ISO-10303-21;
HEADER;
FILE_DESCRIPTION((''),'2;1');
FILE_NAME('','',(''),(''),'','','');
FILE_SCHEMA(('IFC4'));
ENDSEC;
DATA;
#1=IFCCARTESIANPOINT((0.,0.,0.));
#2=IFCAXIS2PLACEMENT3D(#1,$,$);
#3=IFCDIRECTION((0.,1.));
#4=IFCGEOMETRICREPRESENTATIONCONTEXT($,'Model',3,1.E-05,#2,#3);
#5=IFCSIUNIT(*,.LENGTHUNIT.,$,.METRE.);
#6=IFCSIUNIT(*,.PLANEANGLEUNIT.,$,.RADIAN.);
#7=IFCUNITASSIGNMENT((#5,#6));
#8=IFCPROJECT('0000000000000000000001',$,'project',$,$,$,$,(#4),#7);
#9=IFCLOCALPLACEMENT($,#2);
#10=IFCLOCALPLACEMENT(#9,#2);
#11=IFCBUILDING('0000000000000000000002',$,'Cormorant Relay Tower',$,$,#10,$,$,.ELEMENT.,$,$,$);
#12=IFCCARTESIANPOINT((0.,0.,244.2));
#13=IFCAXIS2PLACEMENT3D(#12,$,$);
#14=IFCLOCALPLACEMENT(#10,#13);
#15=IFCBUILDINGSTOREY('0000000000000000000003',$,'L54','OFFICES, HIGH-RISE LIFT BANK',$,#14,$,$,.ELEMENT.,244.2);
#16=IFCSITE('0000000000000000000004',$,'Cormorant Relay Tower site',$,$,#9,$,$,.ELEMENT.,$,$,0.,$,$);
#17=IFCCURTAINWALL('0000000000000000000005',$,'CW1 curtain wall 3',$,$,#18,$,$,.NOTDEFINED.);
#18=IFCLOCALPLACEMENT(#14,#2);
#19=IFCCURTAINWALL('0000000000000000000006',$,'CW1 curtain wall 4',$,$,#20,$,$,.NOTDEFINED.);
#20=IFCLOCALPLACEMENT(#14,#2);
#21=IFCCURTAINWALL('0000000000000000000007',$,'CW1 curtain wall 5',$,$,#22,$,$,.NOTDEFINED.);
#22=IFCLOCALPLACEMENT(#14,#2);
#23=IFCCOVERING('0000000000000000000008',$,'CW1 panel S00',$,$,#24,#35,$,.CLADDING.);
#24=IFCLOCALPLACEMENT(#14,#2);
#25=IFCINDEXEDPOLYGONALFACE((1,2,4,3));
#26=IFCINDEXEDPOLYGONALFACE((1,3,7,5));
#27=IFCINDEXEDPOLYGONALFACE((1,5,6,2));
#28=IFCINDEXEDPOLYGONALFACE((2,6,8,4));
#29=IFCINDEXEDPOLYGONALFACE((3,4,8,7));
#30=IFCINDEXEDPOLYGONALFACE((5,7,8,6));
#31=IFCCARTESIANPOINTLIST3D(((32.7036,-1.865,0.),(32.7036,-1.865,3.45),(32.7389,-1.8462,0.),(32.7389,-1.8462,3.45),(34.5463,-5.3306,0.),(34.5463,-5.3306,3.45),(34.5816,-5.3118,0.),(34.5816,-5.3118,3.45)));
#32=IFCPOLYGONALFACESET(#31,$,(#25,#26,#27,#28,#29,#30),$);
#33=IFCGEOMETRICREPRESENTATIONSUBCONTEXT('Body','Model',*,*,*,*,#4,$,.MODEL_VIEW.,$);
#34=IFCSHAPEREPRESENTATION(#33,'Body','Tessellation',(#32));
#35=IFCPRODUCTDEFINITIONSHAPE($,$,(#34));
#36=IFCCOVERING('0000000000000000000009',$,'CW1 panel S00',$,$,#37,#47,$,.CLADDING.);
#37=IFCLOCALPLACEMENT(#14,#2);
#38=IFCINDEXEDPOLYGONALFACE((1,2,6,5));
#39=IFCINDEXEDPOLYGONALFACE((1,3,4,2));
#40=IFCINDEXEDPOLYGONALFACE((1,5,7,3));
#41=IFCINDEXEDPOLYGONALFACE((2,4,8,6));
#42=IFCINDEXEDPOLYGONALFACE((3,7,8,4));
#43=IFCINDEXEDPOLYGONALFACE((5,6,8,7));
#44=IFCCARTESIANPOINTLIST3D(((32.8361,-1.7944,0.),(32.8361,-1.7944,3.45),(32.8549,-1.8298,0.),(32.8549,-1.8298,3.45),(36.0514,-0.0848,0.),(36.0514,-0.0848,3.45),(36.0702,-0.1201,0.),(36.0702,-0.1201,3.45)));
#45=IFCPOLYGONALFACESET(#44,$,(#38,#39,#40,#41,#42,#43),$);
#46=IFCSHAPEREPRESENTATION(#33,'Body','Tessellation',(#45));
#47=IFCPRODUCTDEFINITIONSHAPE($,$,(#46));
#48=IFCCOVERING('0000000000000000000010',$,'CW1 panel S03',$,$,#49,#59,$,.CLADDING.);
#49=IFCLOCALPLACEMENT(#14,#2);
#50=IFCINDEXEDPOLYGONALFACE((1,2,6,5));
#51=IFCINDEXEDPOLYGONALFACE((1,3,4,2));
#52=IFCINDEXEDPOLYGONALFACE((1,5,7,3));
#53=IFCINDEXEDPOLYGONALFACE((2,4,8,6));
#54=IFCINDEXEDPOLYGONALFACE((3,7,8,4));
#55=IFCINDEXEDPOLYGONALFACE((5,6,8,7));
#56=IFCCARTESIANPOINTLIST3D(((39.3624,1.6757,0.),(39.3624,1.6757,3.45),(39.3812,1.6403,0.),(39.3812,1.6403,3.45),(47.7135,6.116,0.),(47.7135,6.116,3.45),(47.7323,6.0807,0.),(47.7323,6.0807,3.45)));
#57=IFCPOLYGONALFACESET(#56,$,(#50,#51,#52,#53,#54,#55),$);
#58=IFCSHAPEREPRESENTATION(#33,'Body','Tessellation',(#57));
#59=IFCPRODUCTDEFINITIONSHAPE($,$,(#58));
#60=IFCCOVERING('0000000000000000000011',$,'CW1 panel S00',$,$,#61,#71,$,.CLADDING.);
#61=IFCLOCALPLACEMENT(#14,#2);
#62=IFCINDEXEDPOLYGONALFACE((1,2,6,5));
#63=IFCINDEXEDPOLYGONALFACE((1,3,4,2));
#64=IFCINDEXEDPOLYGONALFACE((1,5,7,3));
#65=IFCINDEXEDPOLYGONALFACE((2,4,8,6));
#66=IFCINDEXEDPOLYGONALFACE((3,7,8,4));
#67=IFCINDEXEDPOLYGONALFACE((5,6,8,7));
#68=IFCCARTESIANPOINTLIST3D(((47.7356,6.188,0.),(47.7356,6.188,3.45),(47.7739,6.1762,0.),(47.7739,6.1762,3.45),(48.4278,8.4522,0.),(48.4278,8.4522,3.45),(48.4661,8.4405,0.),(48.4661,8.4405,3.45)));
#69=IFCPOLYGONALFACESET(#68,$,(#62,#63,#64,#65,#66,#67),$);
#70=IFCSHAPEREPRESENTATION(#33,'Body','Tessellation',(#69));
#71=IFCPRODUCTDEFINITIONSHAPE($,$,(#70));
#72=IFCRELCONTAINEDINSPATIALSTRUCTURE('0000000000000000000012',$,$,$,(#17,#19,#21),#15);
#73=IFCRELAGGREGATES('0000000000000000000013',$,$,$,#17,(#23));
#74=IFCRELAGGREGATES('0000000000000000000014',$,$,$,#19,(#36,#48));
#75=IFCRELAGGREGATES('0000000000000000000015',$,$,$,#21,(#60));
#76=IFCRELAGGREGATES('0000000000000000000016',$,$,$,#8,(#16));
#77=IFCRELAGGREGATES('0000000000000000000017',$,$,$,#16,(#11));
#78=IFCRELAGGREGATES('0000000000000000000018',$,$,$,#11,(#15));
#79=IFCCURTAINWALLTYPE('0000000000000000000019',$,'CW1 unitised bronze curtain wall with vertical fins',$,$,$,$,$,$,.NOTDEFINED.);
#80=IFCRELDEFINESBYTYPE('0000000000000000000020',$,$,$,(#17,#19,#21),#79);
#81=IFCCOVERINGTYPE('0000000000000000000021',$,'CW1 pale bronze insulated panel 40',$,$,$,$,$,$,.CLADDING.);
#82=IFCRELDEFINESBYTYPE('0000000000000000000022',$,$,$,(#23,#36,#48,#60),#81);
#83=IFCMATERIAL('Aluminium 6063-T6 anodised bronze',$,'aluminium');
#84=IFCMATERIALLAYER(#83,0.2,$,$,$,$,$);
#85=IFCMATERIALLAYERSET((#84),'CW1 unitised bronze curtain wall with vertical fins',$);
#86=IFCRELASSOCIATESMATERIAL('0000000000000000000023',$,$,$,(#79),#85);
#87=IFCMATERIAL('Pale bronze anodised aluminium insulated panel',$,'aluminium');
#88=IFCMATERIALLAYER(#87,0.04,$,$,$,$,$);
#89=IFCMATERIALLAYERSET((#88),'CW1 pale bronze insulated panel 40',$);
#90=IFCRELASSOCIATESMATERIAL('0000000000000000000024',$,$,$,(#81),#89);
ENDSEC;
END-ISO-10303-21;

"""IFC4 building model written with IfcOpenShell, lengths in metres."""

from ifc_helpers import new_model, si_unit, direction, frame, origin, origin_2d, place, context, subcontext, project, spatial, rectangle, extrude, material, layer, layer_set, type_object, element, aggregate, save


model = new_model("IFC4")

# Units and contexts
model_context = context("Model", 3, precision=1e-05, world=origin(), true_north=direction((0.0, 1.0)))
body_context = subcontext(model_context, "Body", "Model", "MODEL_VIEW")
ifc_project = project(units=[si_unit("LENGTHUNIT", "METRE"), si_unit("PLANEANGLEUNIT", "RADIAN")], contexts=[model_context])

# Site, building, storey
site_placement = place(None, origin())
site = spatial("IfcSite", under=ifc_project, at=site_placement, Name="Cormorant Relay Tower site", CompositionType="ELEMENT", RefElevation=0.0)
building_placement = place(site_placement, origin())
building = spatial("IfcBuilding", under=site, at=building_placement, Name="Cormorant Relay Tower", CompositionType="ELEMENT")
storey_placement = place(building_placement, frame((0.0, 0.0, 244.2)))
storey = spatial("IfcBuildingStorey", under=building, at=storey_placement, Name="L54", Description="OFFICES, HIGH-RISE LIFT BANK", CompositionType="ELEMENT", Elevation=244.2)

# Curtain wall
ifc_material_1 = material(Name="Aluminium 6063-T6 anodised bronze", Category="aluminium")
ifc_layer_1 = layer(ifc_material_1, 0.2)
ifc_layer_set_1 = layer_set([ifc_layer_1], Name="CW1 unitised bronze curtain wall with vertical fins")
curtain_wall_type = type_object("IfcCurtainWallType", Name="CW1 unitised bronze curtain wall with vertical fins", PredefinedType="NOTDEFINED", material=ifc_layer_set_1)
curtain_wall_1_placement = place(storey_placement, origin())
curtain_wall_1 = element("IfcCurtainWall", 1, at=curtain_wall_1_placement, inside=storey, type_object=curtain_wall_type, Name="CW1 curtain wall 3", PredefinedType="NOTDEFINED")

# Curtain wall
curtain_wall_2_placement = place(storey_placement, origin())
curtain_wall_2 = element("IfcCurtainWall", 2, at=curtain_wall_2_placement, inside=storey, type_object=curtain_wall_type, Name="CW1 curtain wall 4", PredefinedType="NOTDEFINED")

# Curtain wall
curtain_wall_3_placement = place(storey_placement, origin())
curtain_wall_3 = element("IfcCurtainWall", 3, at=curtain_wall_3_placement, inside=storey, type_object=curtain_wall_type, Name="CW1 curtain wall 5", PredefinedType="NOTDEFINED")

# Coverings
ifc_material_2 = material(Name="Pale bronze anodised aluminium insulated panel", Category="aluminium")
ifc_layer_2 = layer(ifc_material_2, 0.04)
ifc_layer_set_2 = layer_set([ifc_layer_2], Name="CW1 pale bronze insulated panel 40")
covering_type = type_object("IfcCoveringType", Name="CW1 pale bronze insulated panel 40", PredefinedType="CLADDING", material=ifc_layer_set_2)
covering_1_placement = place(storey_placement, frame((33.6426, -3.5884, 0.0), z_axis=(0.0, 0.0, 1.0), x_axis=(-0.469472, 0.882948, 0.0)))
covering_1 = element("IfcCovering", 4, at=covering_1_placement, type_object=covering_type, Name="CW1 panel S00", PredefinedType="CLADDING", context=body_context, shape_type="SweptSolid", body=[
    extrude(rectangle(XDim=3.925, YDim=0.04, at=origin_2d()), origin(), (0.0, 0.0, 1.0), 3.45),
])
aggregate(curtain_wall_1, [covering_1])
covering_2_placement = place(storey_placement, frame((34.4531, -0.9573, 0.0), z_axis=(0.0, 0.0, 1.0), x_axis=(0.882948, 0.469472, 0.0)))
covering_2 = element("IfcCovering", 5, at=covering_2_placement, type_object=covering_type, Name="CW1 panel S00", PredefinedType="CLADDING", context=body_context, shape_type="SweptSolid", body=[
    extrude(rectangle(XDim=3.6416, YDim=0.04, at=origin_2d()), origin(), (0.0, 0.0, 1.0), 3.45),
])
covering_3_placement = place(storey_placement, frame((43.5474, 3.8782, 0.0), z_axis=(0.0, 0.0, 1.0), x_axis=(0.882948, 0.469472, 0.0)))
covering_3 = element("IfcCovering", 6, at=covering_3_placement, type_object=covering_type, Name="CW1 panel S03", PredefinedType="CLADDING", context=body_context, shape_type="SweptSolid", body=[
    extrude(rectangle(XDim=9.4583, YDim=0.04, at=origin_2d()), origin(), (0.0, 0.0, 1.0), 3.45),
])
aggregate(curtain_wall_2, [covering_2, covering_3])
covering_4_placement = place(storey_placement, frame((48.1008, 7.3142, 0.0), z_axis=(0.0, 0.0, 1.0), x_axis=(0.292372, 0.956305, 0.0)))
covering_4 = element("IfcCovering", 7, at=covering_4_placement, type_object=covering_type, Name="CW1 panel S00", PredefinedType="CLADDING", context=body_context, shape_type="SweptSolid", body=[
    extrude(rectangle(XDim=2.3677, YDim=0.04, at=origin_2d()), origin(), (0.0, 0.0, 1.0), 3.45),
])
aggregate(curtain_wall_3, [covering_4])

save(model, "model.ifc")
